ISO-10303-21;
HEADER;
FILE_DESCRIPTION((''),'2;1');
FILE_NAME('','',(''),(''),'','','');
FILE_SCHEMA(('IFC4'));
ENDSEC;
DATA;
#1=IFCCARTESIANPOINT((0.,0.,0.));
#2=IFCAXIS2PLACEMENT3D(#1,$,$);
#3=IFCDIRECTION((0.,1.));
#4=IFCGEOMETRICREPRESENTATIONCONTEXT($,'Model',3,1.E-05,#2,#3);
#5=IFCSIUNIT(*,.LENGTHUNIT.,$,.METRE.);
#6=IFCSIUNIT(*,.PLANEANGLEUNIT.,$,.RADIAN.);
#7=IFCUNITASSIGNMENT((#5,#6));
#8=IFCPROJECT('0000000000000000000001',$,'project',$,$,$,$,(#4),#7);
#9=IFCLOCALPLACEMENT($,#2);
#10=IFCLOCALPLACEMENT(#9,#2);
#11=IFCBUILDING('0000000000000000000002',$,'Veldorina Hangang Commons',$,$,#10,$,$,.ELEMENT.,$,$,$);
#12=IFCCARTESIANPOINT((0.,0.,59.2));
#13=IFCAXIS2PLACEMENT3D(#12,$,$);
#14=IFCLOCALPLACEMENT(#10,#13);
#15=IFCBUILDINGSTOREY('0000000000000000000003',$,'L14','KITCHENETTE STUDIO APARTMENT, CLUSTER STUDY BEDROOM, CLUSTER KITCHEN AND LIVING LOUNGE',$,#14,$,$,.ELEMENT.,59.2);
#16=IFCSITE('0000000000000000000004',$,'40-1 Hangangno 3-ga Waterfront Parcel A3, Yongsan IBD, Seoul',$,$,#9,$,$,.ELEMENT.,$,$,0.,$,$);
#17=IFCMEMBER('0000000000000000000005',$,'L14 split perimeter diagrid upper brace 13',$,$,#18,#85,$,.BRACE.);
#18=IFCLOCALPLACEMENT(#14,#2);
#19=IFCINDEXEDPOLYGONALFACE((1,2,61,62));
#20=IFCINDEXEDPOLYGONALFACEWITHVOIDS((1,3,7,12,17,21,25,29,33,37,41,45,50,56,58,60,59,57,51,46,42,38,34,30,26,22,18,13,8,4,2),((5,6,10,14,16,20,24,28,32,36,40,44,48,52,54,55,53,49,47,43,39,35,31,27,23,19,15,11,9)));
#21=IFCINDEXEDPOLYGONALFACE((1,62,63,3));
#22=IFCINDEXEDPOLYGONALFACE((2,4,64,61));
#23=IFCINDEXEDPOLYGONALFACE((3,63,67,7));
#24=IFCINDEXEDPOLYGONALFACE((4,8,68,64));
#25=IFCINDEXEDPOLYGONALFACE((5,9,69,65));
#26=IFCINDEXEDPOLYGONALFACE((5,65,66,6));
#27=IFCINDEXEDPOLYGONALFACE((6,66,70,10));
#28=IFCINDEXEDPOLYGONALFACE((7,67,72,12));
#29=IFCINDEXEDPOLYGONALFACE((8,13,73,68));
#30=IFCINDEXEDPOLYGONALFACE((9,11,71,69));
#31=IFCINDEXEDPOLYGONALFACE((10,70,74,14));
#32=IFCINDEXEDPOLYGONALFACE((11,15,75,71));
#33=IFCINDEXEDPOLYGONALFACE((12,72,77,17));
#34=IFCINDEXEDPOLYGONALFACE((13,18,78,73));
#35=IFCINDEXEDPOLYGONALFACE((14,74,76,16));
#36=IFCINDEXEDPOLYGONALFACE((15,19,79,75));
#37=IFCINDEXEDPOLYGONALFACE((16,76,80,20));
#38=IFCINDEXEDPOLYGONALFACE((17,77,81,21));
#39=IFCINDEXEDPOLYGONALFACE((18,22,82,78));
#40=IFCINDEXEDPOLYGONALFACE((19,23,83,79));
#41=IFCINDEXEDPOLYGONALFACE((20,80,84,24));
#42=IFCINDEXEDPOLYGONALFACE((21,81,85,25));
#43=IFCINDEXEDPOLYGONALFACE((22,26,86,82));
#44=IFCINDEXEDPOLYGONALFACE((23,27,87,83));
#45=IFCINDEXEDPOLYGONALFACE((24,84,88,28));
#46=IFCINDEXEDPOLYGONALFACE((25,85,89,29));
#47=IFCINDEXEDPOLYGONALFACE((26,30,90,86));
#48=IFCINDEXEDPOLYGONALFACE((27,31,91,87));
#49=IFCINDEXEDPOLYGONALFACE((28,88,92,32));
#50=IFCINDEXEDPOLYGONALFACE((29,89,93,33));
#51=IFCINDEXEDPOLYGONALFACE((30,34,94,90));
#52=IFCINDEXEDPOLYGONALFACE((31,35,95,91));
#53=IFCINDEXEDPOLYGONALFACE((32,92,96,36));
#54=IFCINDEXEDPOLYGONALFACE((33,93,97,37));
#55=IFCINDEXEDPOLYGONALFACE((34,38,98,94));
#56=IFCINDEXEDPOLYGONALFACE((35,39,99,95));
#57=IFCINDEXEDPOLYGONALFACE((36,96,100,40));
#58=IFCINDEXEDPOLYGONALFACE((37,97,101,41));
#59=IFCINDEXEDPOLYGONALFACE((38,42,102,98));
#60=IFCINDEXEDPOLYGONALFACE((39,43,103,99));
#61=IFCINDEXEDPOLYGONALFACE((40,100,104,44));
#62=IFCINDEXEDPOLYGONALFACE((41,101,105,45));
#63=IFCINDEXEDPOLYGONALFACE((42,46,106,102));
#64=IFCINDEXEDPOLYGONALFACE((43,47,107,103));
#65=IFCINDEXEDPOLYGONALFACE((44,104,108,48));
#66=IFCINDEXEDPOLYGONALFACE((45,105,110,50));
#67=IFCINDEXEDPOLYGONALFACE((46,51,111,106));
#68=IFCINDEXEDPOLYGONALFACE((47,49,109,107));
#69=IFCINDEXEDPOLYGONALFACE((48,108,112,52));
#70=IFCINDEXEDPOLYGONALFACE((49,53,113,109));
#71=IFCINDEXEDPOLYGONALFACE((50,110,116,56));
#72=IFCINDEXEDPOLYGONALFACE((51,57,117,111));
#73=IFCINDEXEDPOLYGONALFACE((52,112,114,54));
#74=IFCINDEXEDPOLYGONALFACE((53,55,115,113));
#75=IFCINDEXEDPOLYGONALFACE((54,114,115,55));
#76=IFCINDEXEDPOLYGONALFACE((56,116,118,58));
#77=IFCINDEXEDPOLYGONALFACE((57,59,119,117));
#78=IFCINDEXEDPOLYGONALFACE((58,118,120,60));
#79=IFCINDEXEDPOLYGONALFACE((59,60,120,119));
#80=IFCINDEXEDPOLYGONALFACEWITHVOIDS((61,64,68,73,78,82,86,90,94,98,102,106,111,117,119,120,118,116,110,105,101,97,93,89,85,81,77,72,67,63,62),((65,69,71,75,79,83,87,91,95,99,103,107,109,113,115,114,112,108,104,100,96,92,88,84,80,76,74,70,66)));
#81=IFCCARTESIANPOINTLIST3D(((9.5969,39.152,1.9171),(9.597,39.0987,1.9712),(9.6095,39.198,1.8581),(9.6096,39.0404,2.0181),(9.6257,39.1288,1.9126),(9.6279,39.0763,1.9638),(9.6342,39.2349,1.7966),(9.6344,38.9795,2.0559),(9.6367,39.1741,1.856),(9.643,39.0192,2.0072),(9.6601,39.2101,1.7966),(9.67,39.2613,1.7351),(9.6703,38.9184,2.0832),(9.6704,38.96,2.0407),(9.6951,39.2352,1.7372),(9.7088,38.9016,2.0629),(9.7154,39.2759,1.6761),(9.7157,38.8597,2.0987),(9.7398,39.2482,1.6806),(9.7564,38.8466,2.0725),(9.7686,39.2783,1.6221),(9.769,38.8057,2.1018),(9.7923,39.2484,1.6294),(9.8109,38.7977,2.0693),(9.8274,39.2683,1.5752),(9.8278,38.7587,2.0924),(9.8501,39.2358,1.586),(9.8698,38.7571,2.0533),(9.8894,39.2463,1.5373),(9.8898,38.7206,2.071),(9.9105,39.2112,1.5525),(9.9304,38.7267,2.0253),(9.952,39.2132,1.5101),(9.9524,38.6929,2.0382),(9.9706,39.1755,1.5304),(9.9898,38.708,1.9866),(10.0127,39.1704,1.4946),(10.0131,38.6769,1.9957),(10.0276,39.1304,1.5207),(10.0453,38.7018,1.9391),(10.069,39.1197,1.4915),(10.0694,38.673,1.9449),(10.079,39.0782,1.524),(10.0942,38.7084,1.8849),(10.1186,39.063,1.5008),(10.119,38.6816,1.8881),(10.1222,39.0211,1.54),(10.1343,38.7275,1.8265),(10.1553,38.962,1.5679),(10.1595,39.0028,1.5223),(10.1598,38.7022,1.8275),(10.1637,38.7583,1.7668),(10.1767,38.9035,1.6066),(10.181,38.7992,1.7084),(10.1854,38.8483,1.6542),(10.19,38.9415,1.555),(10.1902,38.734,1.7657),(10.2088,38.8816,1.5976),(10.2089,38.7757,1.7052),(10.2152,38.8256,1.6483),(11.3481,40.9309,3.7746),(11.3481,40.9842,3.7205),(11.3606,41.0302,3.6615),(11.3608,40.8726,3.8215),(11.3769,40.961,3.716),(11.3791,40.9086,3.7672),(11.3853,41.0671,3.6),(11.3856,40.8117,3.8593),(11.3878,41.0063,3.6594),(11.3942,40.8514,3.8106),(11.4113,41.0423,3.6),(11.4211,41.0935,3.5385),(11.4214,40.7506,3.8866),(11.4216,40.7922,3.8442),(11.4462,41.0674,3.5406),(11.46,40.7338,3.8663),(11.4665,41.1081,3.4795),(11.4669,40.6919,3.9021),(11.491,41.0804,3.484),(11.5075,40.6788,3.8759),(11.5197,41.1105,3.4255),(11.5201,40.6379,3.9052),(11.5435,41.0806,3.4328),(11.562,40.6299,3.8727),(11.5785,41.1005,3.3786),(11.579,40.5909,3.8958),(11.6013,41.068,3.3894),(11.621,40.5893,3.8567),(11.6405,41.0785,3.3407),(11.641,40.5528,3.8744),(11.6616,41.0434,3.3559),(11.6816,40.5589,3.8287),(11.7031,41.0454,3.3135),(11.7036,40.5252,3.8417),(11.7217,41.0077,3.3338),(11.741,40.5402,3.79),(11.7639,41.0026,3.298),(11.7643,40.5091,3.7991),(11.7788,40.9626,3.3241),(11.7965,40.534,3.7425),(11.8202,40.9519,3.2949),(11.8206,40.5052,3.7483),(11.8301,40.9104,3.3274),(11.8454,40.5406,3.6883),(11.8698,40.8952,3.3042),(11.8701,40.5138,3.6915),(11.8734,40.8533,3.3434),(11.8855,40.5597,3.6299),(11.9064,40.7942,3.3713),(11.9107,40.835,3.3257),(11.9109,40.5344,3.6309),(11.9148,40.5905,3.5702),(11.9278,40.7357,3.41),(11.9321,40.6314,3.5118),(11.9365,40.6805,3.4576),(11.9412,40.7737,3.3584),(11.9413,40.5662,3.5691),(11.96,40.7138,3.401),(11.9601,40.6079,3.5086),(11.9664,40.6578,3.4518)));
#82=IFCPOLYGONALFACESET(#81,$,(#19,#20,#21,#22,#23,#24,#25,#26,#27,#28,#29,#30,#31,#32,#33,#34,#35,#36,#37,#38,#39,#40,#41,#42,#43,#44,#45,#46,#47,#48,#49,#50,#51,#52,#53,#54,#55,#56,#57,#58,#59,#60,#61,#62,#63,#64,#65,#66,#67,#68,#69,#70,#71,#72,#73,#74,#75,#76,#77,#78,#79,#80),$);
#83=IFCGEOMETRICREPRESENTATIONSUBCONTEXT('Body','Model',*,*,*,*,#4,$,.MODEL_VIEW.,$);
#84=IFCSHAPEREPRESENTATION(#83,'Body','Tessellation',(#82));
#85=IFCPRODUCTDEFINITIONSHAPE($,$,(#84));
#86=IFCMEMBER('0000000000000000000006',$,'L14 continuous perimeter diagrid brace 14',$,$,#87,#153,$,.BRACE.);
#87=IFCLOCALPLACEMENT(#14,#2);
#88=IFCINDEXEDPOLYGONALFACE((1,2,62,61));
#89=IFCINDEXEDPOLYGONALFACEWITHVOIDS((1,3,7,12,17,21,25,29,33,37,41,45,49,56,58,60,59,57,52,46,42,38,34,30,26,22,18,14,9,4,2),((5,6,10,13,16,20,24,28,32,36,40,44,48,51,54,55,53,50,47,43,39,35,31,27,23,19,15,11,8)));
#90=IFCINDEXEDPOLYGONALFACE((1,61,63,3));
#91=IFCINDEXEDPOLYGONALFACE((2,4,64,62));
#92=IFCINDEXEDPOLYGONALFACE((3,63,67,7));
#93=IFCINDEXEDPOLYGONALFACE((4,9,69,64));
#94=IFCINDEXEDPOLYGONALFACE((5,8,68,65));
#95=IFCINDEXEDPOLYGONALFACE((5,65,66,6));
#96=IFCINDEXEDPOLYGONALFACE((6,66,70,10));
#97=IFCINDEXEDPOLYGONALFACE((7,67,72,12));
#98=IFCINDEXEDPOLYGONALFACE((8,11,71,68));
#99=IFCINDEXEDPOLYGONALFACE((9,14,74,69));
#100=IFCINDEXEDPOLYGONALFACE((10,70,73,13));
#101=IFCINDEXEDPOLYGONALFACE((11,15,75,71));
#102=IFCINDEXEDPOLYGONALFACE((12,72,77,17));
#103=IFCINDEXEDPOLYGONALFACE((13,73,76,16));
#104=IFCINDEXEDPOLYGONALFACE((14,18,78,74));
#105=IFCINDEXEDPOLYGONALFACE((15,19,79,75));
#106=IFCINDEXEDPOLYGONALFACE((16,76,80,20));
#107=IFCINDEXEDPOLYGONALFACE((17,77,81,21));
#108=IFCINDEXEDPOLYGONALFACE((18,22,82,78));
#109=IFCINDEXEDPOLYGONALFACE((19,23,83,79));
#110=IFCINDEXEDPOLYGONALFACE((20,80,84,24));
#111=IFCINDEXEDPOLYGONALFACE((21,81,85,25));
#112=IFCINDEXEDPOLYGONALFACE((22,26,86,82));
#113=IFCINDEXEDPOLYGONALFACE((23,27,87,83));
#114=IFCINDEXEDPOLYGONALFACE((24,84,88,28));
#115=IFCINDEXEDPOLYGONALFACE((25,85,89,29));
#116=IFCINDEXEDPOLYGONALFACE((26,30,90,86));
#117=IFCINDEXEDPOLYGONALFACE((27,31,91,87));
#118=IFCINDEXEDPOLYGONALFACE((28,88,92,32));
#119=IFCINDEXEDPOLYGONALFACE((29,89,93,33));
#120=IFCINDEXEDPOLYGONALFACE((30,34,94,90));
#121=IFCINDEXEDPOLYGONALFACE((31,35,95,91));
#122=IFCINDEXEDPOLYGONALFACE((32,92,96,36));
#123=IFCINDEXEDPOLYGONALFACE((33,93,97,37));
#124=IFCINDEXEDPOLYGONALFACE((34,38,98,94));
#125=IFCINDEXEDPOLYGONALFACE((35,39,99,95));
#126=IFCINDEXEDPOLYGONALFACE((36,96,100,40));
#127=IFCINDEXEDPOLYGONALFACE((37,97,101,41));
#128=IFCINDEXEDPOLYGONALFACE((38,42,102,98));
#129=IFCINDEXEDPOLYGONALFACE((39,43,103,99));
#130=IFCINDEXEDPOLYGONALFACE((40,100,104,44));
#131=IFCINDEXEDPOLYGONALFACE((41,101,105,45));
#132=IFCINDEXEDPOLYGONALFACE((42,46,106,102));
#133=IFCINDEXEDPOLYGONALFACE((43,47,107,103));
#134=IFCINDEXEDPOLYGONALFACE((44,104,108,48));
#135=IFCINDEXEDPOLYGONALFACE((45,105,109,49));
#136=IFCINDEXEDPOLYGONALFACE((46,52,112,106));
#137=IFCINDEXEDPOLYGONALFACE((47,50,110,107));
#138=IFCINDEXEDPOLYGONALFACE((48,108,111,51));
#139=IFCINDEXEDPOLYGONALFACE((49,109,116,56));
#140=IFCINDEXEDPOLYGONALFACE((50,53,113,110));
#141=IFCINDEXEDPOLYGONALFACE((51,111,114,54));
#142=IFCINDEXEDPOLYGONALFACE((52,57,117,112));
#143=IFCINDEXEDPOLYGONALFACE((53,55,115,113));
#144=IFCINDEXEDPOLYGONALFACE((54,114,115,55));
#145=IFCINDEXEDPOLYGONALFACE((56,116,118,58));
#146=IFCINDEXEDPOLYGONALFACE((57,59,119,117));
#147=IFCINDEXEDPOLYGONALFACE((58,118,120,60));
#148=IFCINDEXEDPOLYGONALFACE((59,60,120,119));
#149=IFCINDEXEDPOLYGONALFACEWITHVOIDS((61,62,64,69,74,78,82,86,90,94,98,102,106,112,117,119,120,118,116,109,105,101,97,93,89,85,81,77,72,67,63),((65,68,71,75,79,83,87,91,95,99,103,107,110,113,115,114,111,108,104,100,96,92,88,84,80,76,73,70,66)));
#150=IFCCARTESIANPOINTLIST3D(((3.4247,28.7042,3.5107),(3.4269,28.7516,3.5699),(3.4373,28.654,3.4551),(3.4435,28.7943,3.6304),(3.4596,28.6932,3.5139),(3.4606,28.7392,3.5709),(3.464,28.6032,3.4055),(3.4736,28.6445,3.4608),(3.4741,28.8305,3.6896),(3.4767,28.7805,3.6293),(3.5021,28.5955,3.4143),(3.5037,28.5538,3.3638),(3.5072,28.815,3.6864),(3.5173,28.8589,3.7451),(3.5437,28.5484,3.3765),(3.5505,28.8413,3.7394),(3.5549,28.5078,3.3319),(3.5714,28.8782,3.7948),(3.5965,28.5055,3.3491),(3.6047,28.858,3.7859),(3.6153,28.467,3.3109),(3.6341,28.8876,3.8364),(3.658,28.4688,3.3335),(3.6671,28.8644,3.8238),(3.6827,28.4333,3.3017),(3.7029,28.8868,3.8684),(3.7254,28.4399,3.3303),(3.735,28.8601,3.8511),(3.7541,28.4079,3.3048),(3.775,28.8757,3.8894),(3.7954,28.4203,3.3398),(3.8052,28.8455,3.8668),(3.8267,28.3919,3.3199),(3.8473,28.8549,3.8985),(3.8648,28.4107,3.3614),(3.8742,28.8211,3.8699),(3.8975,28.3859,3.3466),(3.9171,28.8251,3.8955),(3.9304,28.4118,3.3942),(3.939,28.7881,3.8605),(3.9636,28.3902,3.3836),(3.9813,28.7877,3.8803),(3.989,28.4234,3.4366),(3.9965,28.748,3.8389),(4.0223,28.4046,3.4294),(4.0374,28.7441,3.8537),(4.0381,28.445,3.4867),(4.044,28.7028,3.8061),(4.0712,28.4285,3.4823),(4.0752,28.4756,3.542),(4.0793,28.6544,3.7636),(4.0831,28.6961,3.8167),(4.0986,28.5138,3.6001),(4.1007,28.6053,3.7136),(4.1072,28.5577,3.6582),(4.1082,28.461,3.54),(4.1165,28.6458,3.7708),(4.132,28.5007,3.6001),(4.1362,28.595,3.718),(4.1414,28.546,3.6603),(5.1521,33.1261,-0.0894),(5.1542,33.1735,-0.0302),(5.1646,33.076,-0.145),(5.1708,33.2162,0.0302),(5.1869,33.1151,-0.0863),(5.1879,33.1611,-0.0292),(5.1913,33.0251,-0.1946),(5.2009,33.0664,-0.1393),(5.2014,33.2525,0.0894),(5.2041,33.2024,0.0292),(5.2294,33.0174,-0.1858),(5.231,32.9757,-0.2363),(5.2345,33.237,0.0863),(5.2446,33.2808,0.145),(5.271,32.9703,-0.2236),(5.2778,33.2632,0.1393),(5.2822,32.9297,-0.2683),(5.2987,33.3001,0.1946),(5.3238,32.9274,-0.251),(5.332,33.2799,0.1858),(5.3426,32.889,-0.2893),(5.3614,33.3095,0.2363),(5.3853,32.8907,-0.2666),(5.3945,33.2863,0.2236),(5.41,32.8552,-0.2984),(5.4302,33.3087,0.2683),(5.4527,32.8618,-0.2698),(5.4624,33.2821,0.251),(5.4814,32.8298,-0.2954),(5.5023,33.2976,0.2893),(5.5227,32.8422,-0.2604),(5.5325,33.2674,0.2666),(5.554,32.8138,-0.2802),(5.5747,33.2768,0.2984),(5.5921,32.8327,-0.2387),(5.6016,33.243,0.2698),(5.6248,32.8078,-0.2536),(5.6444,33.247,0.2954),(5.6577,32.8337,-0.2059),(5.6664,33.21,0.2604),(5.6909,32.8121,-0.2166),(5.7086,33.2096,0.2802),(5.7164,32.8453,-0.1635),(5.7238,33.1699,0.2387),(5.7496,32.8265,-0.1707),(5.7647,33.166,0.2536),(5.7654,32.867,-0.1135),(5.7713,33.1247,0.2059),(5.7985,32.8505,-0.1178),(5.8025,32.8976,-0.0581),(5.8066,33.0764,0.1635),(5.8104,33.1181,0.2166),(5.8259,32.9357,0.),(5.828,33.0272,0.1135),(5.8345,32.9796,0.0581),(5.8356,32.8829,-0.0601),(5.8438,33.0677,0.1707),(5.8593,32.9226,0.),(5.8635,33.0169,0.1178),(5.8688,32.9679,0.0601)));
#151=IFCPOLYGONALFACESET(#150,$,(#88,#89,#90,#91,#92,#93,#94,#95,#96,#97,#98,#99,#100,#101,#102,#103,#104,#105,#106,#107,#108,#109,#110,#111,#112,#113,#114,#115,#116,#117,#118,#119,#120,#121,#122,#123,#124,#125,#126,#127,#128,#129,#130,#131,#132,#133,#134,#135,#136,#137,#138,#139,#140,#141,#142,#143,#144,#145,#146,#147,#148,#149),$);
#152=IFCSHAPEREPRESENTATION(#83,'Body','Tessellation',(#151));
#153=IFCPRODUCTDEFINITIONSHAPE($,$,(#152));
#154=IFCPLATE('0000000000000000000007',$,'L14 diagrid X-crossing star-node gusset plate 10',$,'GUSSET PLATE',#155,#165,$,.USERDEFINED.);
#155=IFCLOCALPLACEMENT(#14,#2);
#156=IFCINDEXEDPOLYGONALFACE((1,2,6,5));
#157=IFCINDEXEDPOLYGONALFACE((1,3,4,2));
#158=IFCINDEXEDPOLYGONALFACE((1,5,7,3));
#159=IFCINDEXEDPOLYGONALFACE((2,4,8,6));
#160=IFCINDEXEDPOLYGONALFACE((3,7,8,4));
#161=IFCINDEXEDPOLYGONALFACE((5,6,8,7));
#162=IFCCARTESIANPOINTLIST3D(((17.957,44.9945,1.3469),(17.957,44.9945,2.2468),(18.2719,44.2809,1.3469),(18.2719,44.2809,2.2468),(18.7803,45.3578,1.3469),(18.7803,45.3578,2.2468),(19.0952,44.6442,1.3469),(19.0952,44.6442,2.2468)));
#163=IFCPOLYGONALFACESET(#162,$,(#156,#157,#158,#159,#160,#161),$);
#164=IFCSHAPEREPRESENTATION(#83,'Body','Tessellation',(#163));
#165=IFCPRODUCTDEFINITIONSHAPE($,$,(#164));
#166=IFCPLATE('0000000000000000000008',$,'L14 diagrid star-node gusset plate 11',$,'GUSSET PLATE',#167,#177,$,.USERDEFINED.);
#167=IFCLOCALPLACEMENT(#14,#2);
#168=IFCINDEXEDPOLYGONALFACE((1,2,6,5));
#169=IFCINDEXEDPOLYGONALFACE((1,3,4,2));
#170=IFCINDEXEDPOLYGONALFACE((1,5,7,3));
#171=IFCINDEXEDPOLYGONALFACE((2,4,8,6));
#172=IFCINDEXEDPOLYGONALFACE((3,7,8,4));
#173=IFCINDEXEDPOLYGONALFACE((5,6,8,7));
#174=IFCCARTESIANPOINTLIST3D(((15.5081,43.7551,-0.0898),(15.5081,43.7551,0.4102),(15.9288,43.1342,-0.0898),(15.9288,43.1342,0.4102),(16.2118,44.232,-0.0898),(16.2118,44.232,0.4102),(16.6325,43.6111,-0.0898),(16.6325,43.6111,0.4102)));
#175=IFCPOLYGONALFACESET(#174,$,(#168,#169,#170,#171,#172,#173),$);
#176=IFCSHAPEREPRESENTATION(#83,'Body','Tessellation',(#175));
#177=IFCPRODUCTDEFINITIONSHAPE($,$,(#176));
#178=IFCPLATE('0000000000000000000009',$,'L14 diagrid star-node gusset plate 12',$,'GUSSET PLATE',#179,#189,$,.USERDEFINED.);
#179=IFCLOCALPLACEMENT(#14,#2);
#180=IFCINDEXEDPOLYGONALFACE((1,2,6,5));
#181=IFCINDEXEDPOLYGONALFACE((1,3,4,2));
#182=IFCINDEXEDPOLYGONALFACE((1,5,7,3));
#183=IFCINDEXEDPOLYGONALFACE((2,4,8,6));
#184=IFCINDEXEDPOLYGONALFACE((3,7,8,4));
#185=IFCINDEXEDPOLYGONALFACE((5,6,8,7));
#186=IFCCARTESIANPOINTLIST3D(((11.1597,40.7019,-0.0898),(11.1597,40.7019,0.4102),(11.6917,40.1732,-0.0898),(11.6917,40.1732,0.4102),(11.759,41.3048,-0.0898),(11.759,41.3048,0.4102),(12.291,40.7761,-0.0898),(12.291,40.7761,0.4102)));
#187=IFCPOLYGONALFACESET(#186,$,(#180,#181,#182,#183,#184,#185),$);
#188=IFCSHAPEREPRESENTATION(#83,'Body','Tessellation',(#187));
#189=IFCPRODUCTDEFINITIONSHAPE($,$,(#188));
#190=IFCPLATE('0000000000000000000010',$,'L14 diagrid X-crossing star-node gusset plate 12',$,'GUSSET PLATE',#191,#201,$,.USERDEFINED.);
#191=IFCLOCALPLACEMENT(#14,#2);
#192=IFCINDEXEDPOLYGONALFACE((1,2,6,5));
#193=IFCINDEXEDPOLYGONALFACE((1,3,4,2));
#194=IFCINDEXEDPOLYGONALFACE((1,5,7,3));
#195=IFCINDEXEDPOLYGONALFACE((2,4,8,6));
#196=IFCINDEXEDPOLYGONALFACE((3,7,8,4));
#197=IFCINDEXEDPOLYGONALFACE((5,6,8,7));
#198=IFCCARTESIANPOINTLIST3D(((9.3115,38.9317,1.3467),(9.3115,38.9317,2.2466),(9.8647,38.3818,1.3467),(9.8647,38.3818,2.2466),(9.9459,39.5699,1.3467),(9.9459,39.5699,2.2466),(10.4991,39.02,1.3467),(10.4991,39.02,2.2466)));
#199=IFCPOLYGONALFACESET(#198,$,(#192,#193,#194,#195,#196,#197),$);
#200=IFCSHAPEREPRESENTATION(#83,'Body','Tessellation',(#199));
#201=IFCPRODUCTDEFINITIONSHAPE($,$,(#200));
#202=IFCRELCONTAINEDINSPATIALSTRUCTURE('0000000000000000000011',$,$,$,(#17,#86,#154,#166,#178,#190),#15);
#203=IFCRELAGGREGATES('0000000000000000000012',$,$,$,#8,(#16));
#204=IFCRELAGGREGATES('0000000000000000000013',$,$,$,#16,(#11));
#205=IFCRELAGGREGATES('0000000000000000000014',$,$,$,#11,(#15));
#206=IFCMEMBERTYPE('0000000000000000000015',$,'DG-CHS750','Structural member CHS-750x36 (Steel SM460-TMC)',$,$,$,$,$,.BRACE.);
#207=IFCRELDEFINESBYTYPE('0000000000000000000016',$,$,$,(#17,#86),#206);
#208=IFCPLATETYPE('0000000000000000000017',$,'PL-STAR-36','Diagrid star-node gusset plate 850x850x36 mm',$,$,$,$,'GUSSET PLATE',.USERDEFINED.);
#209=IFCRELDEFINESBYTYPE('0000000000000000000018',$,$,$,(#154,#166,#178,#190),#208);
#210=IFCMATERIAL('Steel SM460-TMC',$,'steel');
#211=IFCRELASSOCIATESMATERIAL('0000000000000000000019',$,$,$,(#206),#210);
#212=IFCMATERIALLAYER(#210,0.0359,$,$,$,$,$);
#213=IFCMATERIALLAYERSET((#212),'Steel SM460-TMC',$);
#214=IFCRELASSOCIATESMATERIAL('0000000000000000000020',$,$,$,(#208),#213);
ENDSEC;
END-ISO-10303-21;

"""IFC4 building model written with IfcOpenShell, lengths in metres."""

from ifc_helpers import new_model, si_unit, direction, frame, origin, origin_2d, place, context, subcontext, project, spatial, rectangle, hollow_circle, extrude, material, layer, layer_set, material_profile, profile_set, type_object, element, save


model = new_model("IFC4")

# Units and contexts
model_context = context("Model", 3, precision=1e-05, world=origin(), true_north=direction((0.0, 1.0)))
body_context = subcontext(model_context, "Body", "Model", "MODEL_VIEW")
ifc_project = project(units=[si_unit("LENGTHUNIT", "METRE"), si_unit("PLANEANGLEUNIT", "RADIAN")], contexts=[model_context])

# Site, building, storey
site_placement = place(None, origin())
site = spatial("IfcSite", under=ifc_project, at=site_placement, Name="40-1 Hangangno 3-ga Waterfront Parcel A3, Yongsan IBD, Seoul", CompositionType="ELEMENT", RefElevation=0.0)
building_placement = place(site_placement, origin())
building = spatial("IfcBuilding", under=site, at=building_placement, Name="Veldorina Hangang Commons", CompositionType="ELEMENT")
storey_placement = place(building_placement, frame((0.0, 0.0, 59.2)))
storey = spatial("IfcBuildingStorey", under=building, at=storey_placement, Name="L14", Description="KITCHENETTE STUDIO APARTMENT, CLUSTER STUDY BEDROOM, CLUSTER KITCHEN AND LIVING LOUNGE", CompositionType="ELEMENT", Elevation=59.2)

# Shared definitions
ifc_material_1 = material(Name="Steel SM460-TMC", Category="steel")

# Members
ifc_material_profile_1 = material_profile(ifc_material_1, hollow_circle(Radius=0.375, WallThickness=0.0359, at=origin_2d()), Name="CHS-750x36")
ifc_profile_set_1 = profile_set([ifc_material_profile_1], Name="Steel SM460-TMC")
member_type = type_object("IfcMemberType", Name="DG-CHS750", Description="Structural member CHS-750x36 (Steel SM460-TMC)", PredefinedType="BRACE", material=ifc_profile_set_1)
member_1_placement = place(storey_placement, frame((9.9053, 38.9758, 1.7966), z_axis=(0.562965, 0.589022, 0.579761), x_axis=(-0.722916, 0.690936, 0.0)))
element("IfcMember", 1, at=member_1_placement, inside=storey, type_object=member_type, Name="L14 split perimeter diagrid upper brace 13", PredefinedType="BRACE", context=body_context, shape_type="SweptSolid", body=[
    extrude(hollow_circle(Radius=0.375, WallThickness=0.0359, at=origin_2d()), origin(), (0.0, 0.0, 1.0), 3.1106),
])
member_2_placement = place(storey_placement, frame((5.51, 33.0591, 0.0), z_axis=(-0.289914, -0.74218, 0.604251), x_axis=(0.931457, -0.363851, 0.0)))
element("IfcMember", 2, at=member_2_placement, inside=storey, type_object=member_type, Name="L14 continuous perimeter diagrid brace 14", PredefinedType="BRACE", context=body_context, shape_type="SweptSolid", body=[
    extrude(hollow_circle(Radius=0.375, WallThickness=0.0359, at=origin_2d()), origin(), (0.0, 0.0, 1.0), 5.958),
])

# Plates
ifc_layer_1 = layer(ifc_material_1, 0.0359)
ifc_layer_set_1 = layer_set([ifc_layer_1], Name="Steel SM460-TMC")
plate_type = type_object("IfcPlateType", Name="PL-STAR-36", Description="Diagrid star-node gusset plate 850x850x36 mm", ElementType="GUSSET PLATE", PredefinedType="USERDEFINED", material=ifc_layer_set_1)
plate_1_placement = place(storey_placement, frame((18.5261, 44.8193, 1.3469), z_axis=(0.0, 0.0, 1.0), x_axis=(-0.914875, -0.403737, 0.0)))
element("IfcPlate", 3, at=plate_1_placement, inside=storey, type_object=plate_type, Name="L14 diagrid X-crossing star-node gusset plate 10", ObjectType="GUSSET PLATE", PredefinedType="USERDEFINED", context=body_context, shape_type="SweptSolid", body=[
    extrude(rectangle(XDim=0.8999, YDim=0.78, at=origin_2d()), origin(), (0.0, 0.0, 1.0), 0.8999),
])
for number, where, z_axis, x_axis, name in (
    (4, (16.0703, 43.6831, -0.0898), (0.0, 0.0, 1.0), (-0.827865, -0.560928, 0.0), "L14 diagrid star-node gusset plate 11"),
    (5, (11.7253, 40.739, -0.0898), (0.0, 0.0, 1.0), (-0.704981, -0.709226, 0.0), "L14 diagrid star-node gusset plate 12"),
):
    element("IfcPlate", number, at=place(storey_placement, frame(where, z_axis=z_axis, x_axis=x_axis)), inside=storey, type_object=plate_type, Name=name, ObjectType="GUSSET PLATE", PredefinedType="USERDEFINED", context=body_context, shape_type="SweptSolid", body=[
        extrude(rectangle(XDim=0.8501, YDim=0.75, at=origin_2d()), origin(), (0.0, 0.0, 1.0), 0.5),
    ])
plate_2_placement = place(storey_placement, frame((9.9053, 38.9758, 1.3467), z_axis=(0.0, 0.0, 1.0), x_axis=(-0.704981, -0.709226, 0.0)))
element("IfcPlate", 6, at=plate_2_placement, inside=storey, type_object=plate_type, Name="L14 diagrid X-crossing star-node gusset plate 12", ObjectType="GUSSET PLATE", PredefinedType="USERDEFINED", context=body_context, shape_type="SweptSolid", body=[
    extrude(rectangle(XDim=0.8999, YDim=0.78, at=origin_2d()), origin(), (0.0, 0.0, 1.0), 0.8999),
])

save(model, "model.ifc")
